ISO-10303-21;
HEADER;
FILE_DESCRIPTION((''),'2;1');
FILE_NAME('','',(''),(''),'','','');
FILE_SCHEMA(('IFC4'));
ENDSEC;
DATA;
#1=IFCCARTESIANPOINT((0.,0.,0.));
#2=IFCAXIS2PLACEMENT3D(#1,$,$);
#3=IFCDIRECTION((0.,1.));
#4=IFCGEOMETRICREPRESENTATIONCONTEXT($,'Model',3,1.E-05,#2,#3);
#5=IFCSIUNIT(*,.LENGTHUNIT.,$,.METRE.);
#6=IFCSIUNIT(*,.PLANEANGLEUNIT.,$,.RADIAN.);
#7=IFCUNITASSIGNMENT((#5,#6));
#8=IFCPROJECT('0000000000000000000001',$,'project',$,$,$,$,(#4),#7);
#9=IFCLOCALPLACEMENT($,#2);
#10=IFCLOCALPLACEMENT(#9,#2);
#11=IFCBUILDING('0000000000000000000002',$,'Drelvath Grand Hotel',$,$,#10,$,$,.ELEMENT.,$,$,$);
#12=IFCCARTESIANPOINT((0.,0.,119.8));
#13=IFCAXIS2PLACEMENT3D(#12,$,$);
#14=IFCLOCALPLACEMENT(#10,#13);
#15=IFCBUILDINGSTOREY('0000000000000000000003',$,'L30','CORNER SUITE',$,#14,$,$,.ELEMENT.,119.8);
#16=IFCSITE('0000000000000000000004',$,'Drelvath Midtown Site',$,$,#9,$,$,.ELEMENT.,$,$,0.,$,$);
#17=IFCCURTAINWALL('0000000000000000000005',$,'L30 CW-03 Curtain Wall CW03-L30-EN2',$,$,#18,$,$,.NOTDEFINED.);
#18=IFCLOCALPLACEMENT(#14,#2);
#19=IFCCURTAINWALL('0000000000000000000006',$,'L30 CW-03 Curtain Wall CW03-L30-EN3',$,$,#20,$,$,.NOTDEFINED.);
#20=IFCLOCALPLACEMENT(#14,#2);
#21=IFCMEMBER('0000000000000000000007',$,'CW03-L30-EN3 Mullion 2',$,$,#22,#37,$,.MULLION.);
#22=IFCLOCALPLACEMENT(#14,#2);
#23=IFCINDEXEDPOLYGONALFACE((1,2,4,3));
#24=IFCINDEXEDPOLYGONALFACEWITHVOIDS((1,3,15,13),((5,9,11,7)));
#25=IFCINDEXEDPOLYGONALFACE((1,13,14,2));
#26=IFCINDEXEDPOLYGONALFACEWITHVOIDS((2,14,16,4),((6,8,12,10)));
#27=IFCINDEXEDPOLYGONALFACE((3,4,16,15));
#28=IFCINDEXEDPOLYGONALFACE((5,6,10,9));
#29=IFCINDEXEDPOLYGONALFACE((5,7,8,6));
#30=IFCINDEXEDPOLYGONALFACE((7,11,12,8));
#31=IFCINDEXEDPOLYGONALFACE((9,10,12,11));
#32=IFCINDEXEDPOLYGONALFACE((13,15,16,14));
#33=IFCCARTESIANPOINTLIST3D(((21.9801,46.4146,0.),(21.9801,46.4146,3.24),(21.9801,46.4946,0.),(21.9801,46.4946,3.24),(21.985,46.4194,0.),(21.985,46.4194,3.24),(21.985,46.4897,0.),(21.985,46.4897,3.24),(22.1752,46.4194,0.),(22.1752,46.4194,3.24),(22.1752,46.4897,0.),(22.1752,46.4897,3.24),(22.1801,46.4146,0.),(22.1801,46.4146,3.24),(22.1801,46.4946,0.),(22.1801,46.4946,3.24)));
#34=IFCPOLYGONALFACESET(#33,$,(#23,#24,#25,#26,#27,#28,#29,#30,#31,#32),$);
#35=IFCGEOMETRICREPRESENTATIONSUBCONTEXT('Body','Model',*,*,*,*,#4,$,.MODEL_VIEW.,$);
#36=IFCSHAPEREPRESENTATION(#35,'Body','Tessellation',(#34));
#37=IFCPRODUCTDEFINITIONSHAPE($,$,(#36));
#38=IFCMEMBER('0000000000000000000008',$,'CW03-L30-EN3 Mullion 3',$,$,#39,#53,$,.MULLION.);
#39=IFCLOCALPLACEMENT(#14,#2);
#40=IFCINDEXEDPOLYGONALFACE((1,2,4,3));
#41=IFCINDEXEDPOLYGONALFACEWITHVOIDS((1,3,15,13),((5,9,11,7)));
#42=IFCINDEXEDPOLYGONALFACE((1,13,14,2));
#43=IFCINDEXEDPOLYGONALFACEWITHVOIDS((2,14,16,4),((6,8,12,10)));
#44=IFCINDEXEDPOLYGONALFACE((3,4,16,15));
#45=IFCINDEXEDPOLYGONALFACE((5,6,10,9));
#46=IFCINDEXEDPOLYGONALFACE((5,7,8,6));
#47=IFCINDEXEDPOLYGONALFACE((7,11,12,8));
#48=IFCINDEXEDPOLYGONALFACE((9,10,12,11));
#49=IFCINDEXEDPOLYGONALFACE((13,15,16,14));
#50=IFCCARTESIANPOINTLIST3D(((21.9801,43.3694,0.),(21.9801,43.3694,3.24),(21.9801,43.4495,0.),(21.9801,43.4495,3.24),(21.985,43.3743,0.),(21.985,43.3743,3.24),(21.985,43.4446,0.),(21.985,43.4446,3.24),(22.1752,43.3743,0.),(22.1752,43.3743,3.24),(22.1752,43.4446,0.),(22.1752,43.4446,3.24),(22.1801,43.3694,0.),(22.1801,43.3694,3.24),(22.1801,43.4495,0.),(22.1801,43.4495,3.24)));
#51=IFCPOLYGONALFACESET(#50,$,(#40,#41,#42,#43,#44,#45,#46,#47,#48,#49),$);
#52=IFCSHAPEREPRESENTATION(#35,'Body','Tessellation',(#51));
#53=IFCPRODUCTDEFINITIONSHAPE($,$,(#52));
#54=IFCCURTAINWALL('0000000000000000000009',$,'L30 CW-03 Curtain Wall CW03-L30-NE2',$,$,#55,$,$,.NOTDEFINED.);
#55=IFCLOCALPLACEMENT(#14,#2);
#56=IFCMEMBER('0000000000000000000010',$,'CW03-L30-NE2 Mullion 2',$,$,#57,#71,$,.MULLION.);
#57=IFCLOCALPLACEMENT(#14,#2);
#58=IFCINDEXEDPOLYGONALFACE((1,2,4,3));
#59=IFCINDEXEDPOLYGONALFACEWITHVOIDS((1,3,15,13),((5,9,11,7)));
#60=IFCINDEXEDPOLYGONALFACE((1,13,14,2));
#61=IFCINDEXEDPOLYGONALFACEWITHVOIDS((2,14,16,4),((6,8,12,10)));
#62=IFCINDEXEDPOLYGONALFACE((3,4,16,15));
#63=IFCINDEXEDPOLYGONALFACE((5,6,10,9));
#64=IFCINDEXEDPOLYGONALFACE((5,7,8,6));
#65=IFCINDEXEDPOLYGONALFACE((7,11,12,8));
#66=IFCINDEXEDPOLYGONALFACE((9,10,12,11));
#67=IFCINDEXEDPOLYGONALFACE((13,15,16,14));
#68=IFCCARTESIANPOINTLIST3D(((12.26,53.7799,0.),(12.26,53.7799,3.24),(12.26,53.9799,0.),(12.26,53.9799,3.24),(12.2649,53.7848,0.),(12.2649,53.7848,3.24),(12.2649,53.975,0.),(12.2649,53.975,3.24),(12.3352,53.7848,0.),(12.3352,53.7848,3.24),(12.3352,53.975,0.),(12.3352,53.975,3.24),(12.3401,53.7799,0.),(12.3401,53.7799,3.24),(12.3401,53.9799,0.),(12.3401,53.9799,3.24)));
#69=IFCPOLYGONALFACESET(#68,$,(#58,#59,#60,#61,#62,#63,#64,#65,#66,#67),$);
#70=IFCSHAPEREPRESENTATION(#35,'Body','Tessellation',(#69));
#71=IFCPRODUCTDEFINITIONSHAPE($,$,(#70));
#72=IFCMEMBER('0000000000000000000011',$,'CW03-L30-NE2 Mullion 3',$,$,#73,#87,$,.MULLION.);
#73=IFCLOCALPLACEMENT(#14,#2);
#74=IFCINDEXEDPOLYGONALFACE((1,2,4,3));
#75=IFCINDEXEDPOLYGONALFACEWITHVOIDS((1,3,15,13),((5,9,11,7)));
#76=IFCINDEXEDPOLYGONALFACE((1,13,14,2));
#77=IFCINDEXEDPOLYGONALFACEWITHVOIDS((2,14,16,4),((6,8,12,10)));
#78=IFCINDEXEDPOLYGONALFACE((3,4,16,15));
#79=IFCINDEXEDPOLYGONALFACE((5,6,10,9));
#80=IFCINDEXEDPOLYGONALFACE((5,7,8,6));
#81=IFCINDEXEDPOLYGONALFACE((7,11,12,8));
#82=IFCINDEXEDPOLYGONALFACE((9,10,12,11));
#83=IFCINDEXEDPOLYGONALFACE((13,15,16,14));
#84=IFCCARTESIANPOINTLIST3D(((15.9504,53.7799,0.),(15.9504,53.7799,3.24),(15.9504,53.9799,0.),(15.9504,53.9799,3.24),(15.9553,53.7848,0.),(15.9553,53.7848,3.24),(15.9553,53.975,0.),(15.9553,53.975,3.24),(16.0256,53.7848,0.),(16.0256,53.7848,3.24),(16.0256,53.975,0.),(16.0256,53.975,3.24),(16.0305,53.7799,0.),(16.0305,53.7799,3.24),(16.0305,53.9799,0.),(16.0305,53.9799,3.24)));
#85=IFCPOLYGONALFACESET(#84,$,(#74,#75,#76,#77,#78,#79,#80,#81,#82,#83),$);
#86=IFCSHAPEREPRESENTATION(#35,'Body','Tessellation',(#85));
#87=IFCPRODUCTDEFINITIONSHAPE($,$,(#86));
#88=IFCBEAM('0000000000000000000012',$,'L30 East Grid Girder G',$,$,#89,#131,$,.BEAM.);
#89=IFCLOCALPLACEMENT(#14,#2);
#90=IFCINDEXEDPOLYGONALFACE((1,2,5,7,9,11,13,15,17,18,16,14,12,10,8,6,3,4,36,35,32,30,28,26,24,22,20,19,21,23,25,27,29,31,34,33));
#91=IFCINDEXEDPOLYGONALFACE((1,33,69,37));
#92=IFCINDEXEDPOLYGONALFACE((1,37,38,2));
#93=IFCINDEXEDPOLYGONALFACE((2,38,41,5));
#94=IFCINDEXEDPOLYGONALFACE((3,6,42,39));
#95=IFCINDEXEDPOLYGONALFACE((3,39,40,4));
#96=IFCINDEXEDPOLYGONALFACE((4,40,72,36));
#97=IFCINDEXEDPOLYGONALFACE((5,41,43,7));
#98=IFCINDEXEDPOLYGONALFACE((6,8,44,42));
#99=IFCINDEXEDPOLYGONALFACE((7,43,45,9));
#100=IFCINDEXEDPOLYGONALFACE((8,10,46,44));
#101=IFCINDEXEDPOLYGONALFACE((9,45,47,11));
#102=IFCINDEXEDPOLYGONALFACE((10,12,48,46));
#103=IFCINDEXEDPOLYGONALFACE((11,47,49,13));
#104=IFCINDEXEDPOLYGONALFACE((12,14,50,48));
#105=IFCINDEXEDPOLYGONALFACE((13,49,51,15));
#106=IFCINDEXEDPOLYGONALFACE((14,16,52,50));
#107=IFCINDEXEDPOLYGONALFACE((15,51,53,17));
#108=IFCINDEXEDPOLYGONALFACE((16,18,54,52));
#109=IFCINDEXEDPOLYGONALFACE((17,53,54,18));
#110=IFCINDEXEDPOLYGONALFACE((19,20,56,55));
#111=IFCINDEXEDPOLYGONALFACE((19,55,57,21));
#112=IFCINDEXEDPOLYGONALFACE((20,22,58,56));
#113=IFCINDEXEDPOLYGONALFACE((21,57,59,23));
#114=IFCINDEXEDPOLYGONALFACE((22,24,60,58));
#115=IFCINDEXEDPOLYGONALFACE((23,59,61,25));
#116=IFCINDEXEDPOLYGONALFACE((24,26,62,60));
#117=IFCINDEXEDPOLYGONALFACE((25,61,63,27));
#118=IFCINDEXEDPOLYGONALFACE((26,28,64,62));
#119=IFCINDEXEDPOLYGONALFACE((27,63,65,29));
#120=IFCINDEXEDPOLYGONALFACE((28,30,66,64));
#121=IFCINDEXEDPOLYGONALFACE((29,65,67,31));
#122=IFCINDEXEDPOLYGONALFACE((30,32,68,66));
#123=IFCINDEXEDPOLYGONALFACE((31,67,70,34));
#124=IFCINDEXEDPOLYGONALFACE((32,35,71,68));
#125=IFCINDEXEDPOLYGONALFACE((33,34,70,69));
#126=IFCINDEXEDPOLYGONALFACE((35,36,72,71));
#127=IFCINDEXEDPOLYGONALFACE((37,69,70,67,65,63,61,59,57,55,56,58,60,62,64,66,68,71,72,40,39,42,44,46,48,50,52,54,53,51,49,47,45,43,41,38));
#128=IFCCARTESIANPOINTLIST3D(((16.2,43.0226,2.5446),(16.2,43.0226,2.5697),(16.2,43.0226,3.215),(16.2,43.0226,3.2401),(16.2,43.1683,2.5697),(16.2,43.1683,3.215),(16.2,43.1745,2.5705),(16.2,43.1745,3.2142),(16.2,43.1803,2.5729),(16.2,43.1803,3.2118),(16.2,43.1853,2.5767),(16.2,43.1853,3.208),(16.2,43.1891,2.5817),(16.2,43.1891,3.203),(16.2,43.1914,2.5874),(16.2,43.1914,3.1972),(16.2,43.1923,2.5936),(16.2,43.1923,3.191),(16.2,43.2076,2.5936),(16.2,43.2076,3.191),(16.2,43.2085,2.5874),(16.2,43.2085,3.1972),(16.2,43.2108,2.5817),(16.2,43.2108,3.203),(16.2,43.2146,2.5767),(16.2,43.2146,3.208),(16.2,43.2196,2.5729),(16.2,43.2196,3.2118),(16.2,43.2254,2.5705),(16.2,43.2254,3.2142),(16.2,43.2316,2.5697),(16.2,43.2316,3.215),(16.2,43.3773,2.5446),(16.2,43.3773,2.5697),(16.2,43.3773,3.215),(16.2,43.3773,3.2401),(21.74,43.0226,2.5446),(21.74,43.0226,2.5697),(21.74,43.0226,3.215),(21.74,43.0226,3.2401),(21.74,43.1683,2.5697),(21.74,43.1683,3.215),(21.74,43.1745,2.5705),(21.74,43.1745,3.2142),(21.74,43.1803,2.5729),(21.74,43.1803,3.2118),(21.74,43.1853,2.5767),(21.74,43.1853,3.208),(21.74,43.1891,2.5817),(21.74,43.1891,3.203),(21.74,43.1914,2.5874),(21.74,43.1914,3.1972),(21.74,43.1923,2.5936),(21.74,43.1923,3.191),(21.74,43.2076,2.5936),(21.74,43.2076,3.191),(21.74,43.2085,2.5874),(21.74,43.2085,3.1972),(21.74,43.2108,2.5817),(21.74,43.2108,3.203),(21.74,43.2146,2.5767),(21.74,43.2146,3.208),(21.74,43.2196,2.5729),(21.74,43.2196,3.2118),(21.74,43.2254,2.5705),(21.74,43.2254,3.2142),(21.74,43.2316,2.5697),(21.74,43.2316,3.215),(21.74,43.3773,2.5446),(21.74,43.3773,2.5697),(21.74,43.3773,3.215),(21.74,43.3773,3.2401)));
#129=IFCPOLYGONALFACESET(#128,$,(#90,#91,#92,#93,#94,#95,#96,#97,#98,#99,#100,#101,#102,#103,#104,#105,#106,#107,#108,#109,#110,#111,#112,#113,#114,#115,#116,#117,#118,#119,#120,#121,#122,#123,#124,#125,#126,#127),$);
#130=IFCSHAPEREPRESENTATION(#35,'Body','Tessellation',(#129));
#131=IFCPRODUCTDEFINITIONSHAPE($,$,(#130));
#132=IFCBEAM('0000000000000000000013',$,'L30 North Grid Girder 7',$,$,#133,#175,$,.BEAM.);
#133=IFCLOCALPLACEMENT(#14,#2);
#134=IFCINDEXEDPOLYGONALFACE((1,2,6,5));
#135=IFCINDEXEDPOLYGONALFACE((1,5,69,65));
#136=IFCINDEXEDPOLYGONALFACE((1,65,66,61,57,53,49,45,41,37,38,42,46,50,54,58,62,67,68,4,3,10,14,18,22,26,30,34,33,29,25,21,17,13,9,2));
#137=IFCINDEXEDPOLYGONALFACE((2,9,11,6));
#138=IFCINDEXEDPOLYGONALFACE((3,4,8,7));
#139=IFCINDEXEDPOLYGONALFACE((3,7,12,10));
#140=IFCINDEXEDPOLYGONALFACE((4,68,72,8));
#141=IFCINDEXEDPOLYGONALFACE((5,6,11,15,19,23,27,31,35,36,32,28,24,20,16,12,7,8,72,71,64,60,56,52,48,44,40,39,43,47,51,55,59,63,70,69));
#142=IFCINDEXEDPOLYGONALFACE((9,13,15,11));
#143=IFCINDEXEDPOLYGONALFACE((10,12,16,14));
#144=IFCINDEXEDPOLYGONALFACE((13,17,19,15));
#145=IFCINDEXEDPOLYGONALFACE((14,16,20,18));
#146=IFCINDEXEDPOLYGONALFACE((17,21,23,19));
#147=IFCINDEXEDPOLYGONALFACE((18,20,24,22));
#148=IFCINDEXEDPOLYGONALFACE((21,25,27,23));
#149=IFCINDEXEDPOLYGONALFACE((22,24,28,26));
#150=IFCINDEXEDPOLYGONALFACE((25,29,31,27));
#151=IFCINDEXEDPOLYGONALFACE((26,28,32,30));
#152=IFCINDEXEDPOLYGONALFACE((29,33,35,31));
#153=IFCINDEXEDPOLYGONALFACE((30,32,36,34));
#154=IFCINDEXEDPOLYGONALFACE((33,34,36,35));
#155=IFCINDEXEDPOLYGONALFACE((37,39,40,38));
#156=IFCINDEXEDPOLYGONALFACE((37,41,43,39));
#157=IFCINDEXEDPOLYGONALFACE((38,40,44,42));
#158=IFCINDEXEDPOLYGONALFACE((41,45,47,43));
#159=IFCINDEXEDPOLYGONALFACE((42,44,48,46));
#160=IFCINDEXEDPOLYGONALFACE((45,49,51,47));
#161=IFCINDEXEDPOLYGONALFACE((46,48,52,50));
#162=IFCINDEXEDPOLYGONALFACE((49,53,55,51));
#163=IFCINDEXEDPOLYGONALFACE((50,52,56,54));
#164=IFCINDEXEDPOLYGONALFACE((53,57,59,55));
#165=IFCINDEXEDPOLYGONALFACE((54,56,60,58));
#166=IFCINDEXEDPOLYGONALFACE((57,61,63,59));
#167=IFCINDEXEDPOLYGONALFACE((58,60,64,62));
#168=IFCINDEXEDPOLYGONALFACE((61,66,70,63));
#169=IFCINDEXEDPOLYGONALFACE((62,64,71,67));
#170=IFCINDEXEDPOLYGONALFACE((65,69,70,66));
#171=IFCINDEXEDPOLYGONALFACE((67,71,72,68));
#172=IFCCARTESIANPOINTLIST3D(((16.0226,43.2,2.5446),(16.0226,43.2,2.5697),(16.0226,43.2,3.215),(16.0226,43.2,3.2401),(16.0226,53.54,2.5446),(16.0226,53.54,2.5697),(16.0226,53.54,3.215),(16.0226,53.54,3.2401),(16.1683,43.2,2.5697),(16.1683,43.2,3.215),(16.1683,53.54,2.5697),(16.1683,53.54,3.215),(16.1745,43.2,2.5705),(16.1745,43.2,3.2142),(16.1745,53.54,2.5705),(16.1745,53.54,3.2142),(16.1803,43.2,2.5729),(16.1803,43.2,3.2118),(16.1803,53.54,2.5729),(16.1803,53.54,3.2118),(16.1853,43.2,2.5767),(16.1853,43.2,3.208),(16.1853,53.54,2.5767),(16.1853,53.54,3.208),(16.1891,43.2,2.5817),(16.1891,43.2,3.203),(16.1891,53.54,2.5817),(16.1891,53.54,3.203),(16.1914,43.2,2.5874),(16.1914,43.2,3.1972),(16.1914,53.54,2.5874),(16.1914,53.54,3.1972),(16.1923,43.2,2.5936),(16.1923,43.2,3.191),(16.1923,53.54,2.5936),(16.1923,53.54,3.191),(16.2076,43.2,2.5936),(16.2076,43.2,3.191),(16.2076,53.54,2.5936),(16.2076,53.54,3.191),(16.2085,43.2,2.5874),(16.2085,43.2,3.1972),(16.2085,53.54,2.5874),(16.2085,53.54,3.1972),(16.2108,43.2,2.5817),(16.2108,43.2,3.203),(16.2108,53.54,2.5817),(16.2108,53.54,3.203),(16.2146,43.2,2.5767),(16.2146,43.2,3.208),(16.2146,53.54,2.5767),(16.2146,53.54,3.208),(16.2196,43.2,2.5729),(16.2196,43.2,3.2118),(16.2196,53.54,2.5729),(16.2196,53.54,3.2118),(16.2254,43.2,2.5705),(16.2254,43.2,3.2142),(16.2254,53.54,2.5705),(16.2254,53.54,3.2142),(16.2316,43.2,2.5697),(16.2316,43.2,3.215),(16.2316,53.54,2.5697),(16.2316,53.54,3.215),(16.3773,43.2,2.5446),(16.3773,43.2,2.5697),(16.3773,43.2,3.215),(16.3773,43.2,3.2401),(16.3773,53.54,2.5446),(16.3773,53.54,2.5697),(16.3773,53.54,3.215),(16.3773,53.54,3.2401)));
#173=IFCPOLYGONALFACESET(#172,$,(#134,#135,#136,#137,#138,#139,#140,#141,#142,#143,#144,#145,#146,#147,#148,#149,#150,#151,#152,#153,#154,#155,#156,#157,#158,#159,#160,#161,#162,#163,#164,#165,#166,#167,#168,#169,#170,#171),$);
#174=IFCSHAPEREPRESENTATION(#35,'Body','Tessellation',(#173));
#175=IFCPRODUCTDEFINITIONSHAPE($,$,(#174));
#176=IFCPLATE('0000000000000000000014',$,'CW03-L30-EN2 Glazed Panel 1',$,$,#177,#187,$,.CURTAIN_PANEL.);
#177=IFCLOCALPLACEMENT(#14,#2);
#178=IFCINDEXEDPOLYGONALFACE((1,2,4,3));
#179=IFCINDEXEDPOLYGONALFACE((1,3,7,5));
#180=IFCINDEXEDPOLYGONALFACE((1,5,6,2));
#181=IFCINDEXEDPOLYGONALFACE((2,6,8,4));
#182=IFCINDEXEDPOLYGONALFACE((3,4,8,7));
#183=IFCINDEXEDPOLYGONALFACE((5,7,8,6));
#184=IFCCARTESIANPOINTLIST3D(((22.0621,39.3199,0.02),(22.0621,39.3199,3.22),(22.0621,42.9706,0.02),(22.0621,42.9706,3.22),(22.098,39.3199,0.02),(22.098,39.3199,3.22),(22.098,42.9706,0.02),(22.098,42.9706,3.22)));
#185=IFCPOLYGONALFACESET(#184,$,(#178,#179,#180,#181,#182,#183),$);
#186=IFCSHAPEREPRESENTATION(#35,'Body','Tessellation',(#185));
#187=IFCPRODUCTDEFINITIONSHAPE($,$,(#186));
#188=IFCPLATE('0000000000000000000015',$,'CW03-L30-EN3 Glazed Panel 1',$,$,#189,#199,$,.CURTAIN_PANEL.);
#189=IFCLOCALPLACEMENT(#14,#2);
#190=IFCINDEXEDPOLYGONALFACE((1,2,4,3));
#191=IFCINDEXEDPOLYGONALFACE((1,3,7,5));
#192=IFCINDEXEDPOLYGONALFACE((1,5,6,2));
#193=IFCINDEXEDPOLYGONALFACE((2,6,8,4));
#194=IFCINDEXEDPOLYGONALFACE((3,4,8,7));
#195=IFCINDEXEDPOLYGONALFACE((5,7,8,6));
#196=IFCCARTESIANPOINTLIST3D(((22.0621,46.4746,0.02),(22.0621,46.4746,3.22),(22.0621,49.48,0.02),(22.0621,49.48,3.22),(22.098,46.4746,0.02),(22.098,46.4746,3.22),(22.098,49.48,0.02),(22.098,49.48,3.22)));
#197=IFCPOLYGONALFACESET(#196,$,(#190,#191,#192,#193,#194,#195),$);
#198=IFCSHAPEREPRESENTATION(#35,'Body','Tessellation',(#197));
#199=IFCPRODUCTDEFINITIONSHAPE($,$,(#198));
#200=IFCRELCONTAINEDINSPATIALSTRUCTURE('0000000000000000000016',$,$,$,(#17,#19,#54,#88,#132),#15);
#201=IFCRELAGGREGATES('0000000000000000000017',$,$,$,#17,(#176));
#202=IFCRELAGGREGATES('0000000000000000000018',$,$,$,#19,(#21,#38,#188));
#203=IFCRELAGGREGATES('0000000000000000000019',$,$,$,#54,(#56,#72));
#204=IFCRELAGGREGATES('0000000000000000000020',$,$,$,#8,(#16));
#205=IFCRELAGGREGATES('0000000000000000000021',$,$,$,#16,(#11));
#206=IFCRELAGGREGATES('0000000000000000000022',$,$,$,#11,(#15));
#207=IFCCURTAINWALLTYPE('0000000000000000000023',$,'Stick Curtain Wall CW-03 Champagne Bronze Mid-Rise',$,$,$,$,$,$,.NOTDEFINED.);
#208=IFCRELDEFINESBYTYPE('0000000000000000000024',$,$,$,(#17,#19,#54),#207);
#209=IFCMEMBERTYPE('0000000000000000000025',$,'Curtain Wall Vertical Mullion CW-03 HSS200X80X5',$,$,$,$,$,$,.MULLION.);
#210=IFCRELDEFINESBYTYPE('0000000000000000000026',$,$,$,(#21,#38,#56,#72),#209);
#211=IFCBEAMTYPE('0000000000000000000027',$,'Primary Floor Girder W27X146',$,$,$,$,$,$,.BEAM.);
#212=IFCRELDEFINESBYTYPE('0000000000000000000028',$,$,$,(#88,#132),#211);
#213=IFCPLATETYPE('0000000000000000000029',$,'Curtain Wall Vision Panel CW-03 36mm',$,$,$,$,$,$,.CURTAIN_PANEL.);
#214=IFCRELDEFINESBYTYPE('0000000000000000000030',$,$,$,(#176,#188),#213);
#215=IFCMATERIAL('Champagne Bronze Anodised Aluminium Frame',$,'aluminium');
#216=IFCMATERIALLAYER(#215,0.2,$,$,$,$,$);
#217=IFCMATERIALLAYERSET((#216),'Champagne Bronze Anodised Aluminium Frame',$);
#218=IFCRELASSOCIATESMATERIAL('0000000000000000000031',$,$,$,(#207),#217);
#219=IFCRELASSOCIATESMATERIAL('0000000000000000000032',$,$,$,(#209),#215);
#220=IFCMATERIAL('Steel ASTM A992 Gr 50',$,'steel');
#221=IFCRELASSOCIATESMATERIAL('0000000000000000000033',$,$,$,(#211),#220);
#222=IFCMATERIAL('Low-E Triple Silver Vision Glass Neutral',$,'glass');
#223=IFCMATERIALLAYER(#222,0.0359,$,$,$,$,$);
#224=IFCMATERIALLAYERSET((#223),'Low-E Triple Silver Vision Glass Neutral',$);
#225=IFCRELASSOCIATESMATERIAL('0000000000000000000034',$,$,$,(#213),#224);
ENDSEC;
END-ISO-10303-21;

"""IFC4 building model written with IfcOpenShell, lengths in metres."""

from ifc_helpers import new_model, si_unit, direction, frame, origin, origin_2d, place, context, subcontext, project, spatial, rectangle, hollow_rectangle, i_section, extrude, material, layer, layer_set, material_profile, profile_set, type_object, element, aggregate, save


model = new_model("IFC4")

# Units and contexts
model_context = context("Model", 3, precision=1e-05, world=origin(), true_north=direction((0.0, 1.0)))
body_context = subcontext(model_context, "Body", "Model", "MODEL_VIEW")
ifc_project = project(units=[si_unit("LENGTHUNIT", "METRE"), si_unit("PLANEANGLEUNIT", "RADIAN")], contexts=[model_context])

# Site, building, storey
site_placement = place(None, origin())
site = spatial("IfcSite", under=ifc_project, at=site_placement, Name="Drelvath Midtown Site", CompositionType="ELEMENT", RefElevation=0.0)
building_placement = place(site_placement, origin())
building = spatial("IfcBuilding", under=site, at=building_placement, Name="Drelvath Grand Hotel", CompositionType="ELEMENT")
storey_placement = place(building_placement, frame((0.0, 0.0, 119.8)))
storey = spatial("IfcBuildingStorey", under=building, at=storey_placement, Name="L30", Description="CORNER SUITE", CompositionType="ELEMENT", Elevation=119.8)

# Curtain walls
ifc_material_1 = material(Name="Champagne Bronze Anodised Aluminium Frame", Category="aluminium")
ifc_layer_1 = layer(ifc_material_1, 0.2)
ifc_layer_set_1 = layer_set([ifc_layer_1], Name="Champagne Bronze Anodised Aluminium Frame")
curtain_wall_type = type_object("IfcCurtainWallType", Name="Stick Curtain Wall CW-03 Champagne Bronze Mid-Rise", PredefinedType="NOTDEFINED", material=ifc_layer_set_1)
curtain_wall_1_placement = place(storey_placement, origin())
curtain_wall_1 = element("IfcCurtainWall", 1, at=curtain_wall_1_placement, inside=storey, type_object=curtain_wall_type, Name="L30 CW-03 Curtain Wall CW03-L30-EN2", PredefinedType="NOTDEFINED")
curtain_wall_2_placement = place(storey_placement, origin())
curtain_wall_2 = element("IfcCurtainWall", 2, at=curtain_wall_2_placement, inside=storey, type_object=curtain_wall_type, Name="L30 CW-03 Curtain Wall CW03-L30-EN3", PredefinedType="NOTDEFINED")

# Members
ifc_material_profile_1 = material_profile(ifc_material_1, hollow_rectangle(XDim=0.0801, YDim=0.2, WallThickness=0.0049, at=origin_2d()), Name="HSS200X80X5")
ifc_profile_set_1 = profile_set([ifc_material_profile_1], Name="Champagne Bronze Anodised Aluminium Frame")
member_type_1 = type_object("IfcMemberType", Name="Curtain Wall Vertical Mullion CW-03 HSS200X80X5", PredefinedType="MULLION", material=ifc_profile_set_1)
member_1_placement = place(storey_placement, frame((22.0801, 46.4546, 0.0), z_axis=(0.0, 0.0, 1.0), x_axis=(0.0, 1.0, 0.0)))
member_1 = element("IfcMember", 3, at=member_1_placement, type_object=member_type_1, Name="CW03-L30-EN3 Mullion 2", PredefinedType="MULLION", context=body_context, shape_type="SweptSolid", body=[
    extrude(hollow_rectangle(XDim=0.0801, YDim=0.2, WallThickness=0.0049, at=origin_2d()), origin(), (0.0, 0.0, 1.0), 3.24),
])
member_2_placement = place(storey_placement, frame((22.0801, 43.4094, 0.0), z_axis=(0.0, 0.0, 1.0), x_axis=(0.0, 1.0, 0.0)))
member_2 = element("IfcMember", 4, at=member_2_placement, type_object=member_type_1, Name="CW03-L30-EN3 Mullion 3", PredefinedType="MULLION", context=body_context, shape_type="SweptSolid", body=[
    extrude(hollow_rectangle(XDim=0.0801, YDim=0.2, WallThickness=0.0049, at=origin_2d()), origin(), (0.0, 0.0, 1.0), 3.24),
])

# Curtain wall, members
curtain_wall_3_placement = place(storey_placement, origin())
curtain_wall_3 = element("IfcCurtainWall", 5, at=curtain_wall_3_placement, inside=storey, type_object=curtain_wall_type, Name="L30 CW-03 Curtain Wall CW03-L30-NE2", PredefinedType="NOTDEFINED")
member_3_placement = place(storey_placement, frame((12.3, 53.8799, 0.0), z_axis=(0.0, 0.0, 1.0), x_axis=(1.0, 0.0, 0.0)))
member_3 = element("IfcMember", 6, at=member_3_placement, type_object=member_type_1, Name="CW03-L30-NE2 Mullion 2", PredefinedType="MULLION", context=body_context, shape_type="SweptSolid", body=[
    extrude(hollow_rectangle(XDim=0.0801, YDim=0.2, WallThickness=0.0049, at=origin_2d()), origin(), (0.0, 0.0, 1.0), 3.24),
])
member_4_placement = place(storey_placement, frame((15.9905, 53.8799, 0.0), z_axis=(0.0, 0.0, 1.0), x_axis=(1.0, 0.0, 0.0)))
member_4 = element("IfcMember", 7, at=member_4_placement, type_object=member_type_1, Name="CW03-L30-NE2 Mullion 3", PredefinedType="MULLION", context=body_context, shape_type="SweptSolid", body=[
    extrude(hollow_rectangle(XDim=0.0801, YDim=0.2, WallThickness=0.0049, at=origin_2d()), origin(), (0.0, 0.0, 1.0), 3.24),
])

# Beams
ifc_material_2 = material(Name="Steel ASTM A992 Gr 50", Category="steel")
ifc_material_profile_2 = material_profile(ifc_material_2, i_section(OverallWidth=0.3547, OverallDepth=0.6956, WebThickness=0.0154, FlangeThickness=0.0251, FilletRadius=0.0239, at=origin_2d()), Name="W27X146")
ifc_profile_set_2 = profile_set([ifc_material_profile_2], Name="Steel ASTM A992 Gr 50")
beam_type = type_object("IfcBeamType", Name="Primary Floor Girder W27X146", PredefinedType="BEAM", material=ifc_profile_set_2)
beam_1_placement = place(storey_placement, frame((16.2, 43.2, 2.8923), z_axis=(1.0, 0.0, 0.0), x_axis=(0.0, 1.0, 0.0)))
element("IfcBeam", 8, at=beam_1_placement, inside=storey, type_object=beam_type, Name="L30 East Grid Girder G", PredefinedType="BEAM", context=body_context, shape_type="SweptSolid", body=[
    extrude(i_section(OverallWidth=0.3547, OverallDepth=0.6956, WebThickness=0.0154, FlangeThickness=0.0251, FilletRadius=0.0239, at=origin_2d()), origin(), (0.0, 0.0, 1.0), 5.54),
])
beam_2_placement = place(storey_placement, frame((16.2, 43.2, 2.8923), z_axis=(0.0, 1.0, 0.0), x_axis=(-1.0, 0.0, 0.0)))
element("IfcBeam", 9, at=beam_2_placement, inside=storey, type_object=beam_type, Name="L30 North Grid Girder 7", PredefinedType="BEAM", context=body_context, shape_type="SweptSolid", body=[
    extrude(i_section(OverallWidth=0.3547, OverallDepth=0.6956, WebThickness=0.0154, FlangeThickness=0.0251, FilletRadius=0.0239, at=origin_2d()), origin(), (0.0, 0.0, 1.0), 10.3401),
])

# Plates
ifc_material_3 = material(Name="Low-E Triple Silver Vision Glass Neutral", Category="glass")
ifc_layer_2 = layer(ifc_material_3, 0.0359)
ifc_layer_set_2 = layer_set([ifc_layer_2], Name="Low-E Triple Silver Vision Glass Neutral")
plate_type = type_object("IfcPlateType", Name="Curtain Wall Vision Panel CW-03 36mm", PredefinedType="CURTAIN_PANEL", material=ifc_layer_set_2)
plate_1_placement = place(storey_placement, frame((22.0801, 41.1453, 0.02), z_axis=(0.0, 0.0, 1.0), x_axis=(0.0, -1.0, 0.0)))
plate_1 = element("IfcPlate", 10, at=plate_1_placement, type_object=plate_type, Name="CW03-L30-EN2 Glazed Panel 1", PredefinedType="CURTAIN_PANEL", context=body_context, shape_type="SweptSolid", body=[
    extrude(rectangle(XDim=3.6506, YDim=0.0359, at=origin_2d()), origin(), (0.0, 0.0, 1.0), 3.2),
])
aggregate(curtain_wall_1, [plate_1])
plate_2_placement = place(storey_placement, frame((22.0801, 47.9773, 0.02), z_axis=(0.0, 0.0, 1.0), x_axis=(0.0, -1.0, 0.0)))
plate_2 = element("IfcPlate", 11, at=plate_2_placement, type_object=plate_type, Name="CW03-L30-EN3 Glazed Panel 1", PredefinedType="CURTAIN_PANEL", context=body_context, shape_type="SweptSolid", body=[
    extrude(rectangle(XDim=3.0054, YDim=0.0359, at=origin_2d()), origin(), (0.0, 0.0, 1.0), 3.2),
])
aggregate(curtain_wall_2, [member_1, member_2, plate_2])
aggregate(curtain_wall_3, [member_3, member_4])

save(model, "model.ifc")
